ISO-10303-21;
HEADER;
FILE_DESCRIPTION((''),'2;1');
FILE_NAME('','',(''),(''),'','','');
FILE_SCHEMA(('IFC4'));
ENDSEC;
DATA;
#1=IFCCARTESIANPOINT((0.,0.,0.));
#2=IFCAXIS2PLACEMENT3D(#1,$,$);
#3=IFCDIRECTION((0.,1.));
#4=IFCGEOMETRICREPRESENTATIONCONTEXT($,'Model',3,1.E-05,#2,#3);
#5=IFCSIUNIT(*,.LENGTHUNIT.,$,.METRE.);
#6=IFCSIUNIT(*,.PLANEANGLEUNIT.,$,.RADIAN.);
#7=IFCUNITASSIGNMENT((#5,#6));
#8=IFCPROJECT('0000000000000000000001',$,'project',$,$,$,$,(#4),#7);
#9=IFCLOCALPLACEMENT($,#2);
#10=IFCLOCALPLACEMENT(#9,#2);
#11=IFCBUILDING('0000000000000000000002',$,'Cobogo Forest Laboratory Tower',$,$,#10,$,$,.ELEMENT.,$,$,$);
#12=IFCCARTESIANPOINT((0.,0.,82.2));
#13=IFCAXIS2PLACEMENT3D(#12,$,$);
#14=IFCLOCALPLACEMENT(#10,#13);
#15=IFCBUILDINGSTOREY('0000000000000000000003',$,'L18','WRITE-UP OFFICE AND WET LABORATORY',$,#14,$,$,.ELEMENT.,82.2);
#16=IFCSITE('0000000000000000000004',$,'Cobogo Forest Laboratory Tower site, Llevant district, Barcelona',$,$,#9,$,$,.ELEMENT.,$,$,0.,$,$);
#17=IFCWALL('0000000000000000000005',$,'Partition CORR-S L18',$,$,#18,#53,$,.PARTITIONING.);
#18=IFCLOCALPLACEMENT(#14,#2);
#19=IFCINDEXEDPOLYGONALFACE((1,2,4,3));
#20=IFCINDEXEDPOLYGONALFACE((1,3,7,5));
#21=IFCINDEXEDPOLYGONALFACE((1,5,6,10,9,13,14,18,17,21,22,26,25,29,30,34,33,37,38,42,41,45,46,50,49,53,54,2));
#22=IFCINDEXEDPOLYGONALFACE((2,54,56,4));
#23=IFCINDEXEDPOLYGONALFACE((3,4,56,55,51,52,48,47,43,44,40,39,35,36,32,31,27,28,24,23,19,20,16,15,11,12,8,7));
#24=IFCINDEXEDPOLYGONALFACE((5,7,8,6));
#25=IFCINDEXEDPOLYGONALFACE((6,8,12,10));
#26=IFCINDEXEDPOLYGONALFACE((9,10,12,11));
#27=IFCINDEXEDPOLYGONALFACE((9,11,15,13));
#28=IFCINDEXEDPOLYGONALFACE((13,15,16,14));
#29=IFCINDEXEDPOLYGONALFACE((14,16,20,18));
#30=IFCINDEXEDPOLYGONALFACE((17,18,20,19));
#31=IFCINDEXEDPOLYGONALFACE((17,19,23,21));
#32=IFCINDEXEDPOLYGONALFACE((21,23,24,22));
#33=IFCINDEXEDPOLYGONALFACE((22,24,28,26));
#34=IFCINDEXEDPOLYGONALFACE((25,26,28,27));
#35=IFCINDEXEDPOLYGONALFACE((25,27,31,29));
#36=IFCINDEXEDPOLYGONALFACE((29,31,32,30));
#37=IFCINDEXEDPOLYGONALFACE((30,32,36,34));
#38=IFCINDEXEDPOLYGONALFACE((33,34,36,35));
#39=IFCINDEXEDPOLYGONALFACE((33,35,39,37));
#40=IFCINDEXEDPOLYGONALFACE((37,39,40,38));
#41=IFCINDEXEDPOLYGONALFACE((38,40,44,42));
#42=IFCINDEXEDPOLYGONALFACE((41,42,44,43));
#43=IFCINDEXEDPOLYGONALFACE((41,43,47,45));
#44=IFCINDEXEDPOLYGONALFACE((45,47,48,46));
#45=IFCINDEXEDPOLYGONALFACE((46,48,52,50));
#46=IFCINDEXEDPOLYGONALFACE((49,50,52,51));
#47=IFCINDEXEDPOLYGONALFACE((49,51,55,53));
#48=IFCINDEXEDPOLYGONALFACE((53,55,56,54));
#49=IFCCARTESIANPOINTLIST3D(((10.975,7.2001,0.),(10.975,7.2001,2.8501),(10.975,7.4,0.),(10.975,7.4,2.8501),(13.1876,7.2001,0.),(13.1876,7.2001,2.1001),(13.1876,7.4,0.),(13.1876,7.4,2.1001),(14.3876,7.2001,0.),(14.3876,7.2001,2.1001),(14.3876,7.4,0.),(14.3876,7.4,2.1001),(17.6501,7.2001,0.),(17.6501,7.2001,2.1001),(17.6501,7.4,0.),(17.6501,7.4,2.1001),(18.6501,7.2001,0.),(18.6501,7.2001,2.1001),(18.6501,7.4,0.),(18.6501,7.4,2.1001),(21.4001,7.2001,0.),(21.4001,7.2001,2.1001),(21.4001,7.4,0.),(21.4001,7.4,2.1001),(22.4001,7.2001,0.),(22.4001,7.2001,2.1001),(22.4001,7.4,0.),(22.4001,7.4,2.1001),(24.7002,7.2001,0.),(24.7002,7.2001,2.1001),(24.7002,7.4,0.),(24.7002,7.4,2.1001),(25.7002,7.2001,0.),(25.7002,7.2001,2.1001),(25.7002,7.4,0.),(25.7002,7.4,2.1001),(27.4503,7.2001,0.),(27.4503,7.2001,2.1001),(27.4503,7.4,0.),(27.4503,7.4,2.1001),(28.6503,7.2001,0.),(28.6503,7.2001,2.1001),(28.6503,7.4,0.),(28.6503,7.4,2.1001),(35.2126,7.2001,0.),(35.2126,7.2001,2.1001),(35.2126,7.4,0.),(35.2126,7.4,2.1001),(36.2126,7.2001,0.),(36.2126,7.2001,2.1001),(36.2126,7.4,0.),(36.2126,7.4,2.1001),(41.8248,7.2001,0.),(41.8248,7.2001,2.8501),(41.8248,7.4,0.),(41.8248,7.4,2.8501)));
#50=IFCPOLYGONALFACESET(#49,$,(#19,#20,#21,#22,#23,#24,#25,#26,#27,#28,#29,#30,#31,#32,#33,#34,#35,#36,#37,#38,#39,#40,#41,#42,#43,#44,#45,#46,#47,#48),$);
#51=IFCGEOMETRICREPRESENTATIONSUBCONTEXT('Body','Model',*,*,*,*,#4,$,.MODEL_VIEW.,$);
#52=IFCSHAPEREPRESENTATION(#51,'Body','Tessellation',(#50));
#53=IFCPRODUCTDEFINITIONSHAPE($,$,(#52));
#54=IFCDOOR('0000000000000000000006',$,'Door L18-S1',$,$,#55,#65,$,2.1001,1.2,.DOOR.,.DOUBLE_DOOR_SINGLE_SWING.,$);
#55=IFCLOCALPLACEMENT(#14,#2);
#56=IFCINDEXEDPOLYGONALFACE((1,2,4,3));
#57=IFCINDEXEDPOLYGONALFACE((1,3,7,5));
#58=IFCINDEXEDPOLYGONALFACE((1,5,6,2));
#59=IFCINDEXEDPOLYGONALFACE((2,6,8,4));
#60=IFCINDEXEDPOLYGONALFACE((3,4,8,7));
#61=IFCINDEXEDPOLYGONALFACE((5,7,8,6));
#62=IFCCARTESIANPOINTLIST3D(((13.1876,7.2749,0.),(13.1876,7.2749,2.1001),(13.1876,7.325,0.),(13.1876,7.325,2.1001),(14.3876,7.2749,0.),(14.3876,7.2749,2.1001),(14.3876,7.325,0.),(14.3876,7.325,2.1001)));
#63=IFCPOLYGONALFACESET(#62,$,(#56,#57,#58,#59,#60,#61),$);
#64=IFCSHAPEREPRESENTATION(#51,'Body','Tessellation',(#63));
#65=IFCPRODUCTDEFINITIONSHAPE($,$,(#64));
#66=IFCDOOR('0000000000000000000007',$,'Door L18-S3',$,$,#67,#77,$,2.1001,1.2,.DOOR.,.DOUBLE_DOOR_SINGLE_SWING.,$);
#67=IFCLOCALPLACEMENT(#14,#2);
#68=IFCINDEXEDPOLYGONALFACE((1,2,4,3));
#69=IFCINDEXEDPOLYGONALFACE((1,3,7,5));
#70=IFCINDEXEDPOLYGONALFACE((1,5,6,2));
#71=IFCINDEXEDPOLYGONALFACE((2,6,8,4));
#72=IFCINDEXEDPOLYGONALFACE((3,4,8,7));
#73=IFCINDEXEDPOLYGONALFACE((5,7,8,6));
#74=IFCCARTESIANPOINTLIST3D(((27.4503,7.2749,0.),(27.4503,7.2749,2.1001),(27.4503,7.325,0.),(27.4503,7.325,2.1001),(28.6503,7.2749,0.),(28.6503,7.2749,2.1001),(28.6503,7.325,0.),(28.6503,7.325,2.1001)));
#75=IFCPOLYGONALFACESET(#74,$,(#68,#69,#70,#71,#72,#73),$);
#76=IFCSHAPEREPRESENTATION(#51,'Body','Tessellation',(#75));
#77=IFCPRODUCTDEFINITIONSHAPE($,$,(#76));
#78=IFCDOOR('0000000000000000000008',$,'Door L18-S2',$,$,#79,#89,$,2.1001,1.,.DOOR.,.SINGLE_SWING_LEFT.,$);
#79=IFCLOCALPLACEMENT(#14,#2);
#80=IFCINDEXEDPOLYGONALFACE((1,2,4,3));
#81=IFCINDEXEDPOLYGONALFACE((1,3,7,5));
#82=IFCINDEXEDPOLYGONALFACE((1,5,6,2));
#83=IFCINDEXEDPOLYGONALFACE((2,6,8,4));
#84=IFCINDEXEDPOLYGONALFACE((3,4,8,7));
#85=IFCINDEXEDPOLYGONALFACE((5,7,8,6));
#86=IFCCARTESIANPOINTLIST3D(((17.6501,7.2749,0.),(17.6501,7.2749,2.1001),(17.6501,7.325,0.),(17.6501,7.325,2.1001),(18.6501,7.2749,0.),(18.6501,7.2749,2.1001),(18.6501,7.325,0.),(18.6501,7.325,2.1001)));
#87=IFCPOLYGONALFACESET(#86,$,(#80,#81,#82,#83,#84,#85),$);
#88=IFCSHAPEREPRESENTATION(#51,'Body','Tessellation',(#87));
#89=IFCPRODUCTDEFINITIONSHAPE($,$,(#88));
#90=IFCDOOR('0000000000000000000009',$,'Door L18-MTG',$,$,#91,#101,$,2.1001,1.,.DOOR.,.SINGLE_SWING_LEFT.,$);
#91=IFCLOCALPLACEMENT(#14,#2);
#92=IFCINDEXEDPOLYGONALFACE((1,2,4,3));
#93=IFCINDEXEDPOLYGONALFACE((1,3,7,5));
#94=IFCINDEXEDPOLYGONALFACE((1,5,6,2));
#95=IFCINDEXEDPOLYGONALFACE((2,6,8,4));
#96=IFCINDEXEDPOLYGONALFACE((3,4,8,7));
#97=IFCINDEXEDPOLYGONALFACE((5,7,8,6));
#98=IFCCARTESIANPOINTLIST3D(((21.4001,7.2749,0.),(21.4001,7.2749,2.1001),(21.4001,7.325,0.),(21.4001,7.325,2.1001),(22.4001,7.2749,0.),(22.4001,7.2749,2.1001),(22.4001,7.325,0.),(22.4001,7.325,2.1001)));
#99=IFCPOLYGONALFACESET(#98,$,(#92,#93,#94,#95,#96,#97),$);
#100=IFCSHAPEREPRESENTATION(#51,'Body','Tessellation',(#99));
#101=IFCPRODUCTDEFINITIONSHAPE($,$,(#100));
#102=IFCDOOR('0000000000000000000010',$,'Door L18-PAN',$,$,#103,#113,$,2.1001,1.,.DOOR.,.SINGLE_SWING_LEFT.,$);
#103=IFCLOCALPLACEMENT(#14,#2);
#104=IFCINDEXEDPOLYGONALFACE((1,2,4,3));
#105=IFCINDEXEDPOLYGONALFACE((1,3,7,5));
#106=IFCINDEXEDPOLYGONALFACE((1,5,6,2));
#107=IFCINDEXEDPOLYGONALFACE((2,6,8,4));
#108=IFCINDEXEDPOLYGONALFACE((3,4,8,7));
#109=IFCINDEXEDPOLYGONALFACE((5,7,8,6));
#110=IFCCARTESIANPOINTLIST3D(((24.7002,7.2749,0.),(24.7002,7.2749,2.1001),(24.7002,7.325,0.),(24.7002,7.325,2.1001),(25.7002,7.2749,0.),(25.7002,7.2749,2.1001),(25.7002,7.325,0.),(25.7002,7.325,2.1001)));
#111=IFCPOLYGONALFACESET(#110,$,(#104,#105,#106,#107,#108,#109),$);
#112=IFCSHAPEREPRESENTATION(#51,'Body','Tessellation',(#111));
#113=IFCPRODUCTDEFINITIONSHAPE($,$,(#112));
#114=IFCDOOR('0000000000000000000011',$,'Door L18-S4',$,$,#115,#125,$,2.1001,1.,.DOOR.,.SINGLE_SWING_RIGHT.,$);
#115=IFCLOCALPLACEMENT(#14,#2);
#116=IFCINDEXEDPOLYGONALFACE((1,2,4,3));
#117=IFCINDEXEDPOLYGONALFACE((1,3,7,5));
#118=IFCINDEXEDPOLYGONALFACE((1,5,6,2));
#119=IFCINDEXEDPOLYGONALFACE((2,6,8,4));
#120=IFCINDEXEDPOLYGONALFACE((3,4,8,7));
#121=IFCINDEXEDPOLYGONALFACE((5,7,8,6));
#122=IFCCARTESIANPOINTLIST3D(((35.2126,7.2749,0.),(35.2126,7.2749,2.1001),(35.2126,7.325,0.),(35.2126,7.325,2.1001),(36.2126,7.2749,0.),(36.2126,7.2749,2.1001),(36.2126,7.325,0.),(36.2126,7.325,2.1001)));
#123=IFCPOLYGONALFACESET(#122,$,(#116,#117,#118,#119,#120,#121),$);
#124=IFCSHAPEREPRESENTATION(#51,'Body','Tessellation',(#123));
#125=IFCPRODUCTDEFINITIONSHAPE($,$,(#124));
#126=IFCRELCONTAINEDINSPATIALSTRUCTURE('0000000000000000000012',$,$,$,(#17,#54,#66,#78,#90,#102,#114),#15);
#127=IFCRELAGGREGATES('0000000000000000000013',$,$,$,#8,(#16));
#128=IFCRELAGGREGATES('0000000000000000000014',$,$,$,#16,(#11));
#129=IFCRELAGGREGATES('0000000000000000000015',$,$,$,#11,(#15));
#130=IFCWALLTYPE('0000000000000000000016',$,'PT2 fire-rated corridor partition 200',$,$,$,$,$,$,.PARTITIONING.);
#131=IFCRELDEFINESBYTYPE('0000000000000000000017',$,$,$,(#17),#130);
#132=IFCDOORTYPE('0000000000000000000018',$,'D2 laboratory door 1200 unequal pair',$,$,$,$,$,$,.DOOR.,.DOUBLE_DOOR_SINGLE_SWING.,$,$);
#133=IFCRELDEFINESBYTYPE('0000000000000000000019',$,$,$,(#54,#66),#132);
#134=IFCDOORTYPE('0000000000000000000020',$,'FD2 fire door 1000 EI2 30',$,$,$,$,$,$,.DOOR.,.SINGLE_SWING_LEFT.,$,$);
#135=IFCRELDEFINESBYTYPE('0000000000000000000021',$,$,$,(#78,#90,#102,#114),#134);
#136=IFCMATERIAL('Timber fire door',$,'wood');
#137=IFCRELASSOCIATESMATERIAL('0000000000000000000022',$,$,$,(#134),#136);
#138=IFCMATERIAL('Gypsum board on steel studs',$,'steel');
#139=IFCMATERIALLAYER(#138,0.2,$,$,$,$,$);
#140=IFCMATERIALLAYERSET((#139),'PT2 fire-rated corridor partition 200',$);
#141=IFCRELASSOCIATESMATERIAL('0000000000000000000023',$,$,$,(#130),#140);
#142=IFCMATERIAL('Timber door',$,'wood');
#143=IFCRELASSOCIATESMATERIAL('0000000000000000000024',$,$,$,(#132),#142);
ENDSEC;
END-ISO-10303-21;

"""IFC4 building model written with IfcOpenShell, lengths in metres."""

from ifc_helpers import new_model, si_unit, direction, frame, frame_2d, origin, place, context, subcontext, project, spatial, rectangle, extrude, material, layer, layer_set, type_object, element, fill, save


model = new_model("IFC4")

# Units and contexts
model_context = context("Model", 3, precision=1e-05, world=origin(), true_north=direction((0.0, 1.0)))
body_context = subcontext(model_context, "Body", "Model", "MODEL_VIEW")
ifc_project = project(units=[si_unit("LENGTHUNIT", "METRE"), si_unit("PLANEANGLEUNIT", "RADIAN")], contexts=[model_context])

# Site, building, storey
site_placement = place(None, origin())
site = spatial("IfcSite", under=ifc_project, at=site_placement, Name="Cobogo Forest Laboratory Tower site, Llevant district, Barcelona", CompositionType="ELEMENT", RefElevation=0.0)
building_placement = place(site_placement, origin())
building = spatial("IfcBuilding", under=site, at=building_placement, Name="Cobogo Forest Laboratory Tower", CompositionType="ELEMENT")
storey_placement = place(building_placement, frame((0.0, 0.0, 82.2)))
storey = spatial("IfcBuildingStorey", under=building, at=storey_placement, Name="L18", Description="WRITE-UP OFFICE AND WET LABORATORY", CompositionType="ELEMENT", Elevation=82.2)

# Shared definitions
ifc_material_1 = material(Name="Gypsum board on steel studs", Category="steel")
ifc_material_2 = material(Name="Timber fire door", Category="wood")
door_type_1 = type_object("IfcDoorType", Name="FD2 fire door 1000 EI2 30", OperationType="SINGLE_SWING_LEFT", PredefinedType="DOOR", material=ifc_material_2)

# Wall, openings, doors
ifc_layer_1 = layer(ifc_material_1, 0.2)
ifc_layer_set_1 = layer_set([ifc_layer_1], Name="PT2 fire-rated corridor partition 200")
wall_type_1 = type_object("IfcWallType", Name="PT2 fire-rated corridor partition 200", PredefinedType="PARTITIONING", material=ifc_layer_set_1)
wall_1_placement = place(storey_placement, frame((10.9751, 7.3, 0.0), z_axis=(0.0, 0.0, 1.0), x_axis=(1.0, 0.0, 0.0)))
wall_1 = element("IfcWall", 1, at=wall_1_placement, inside=storey, type_object=wall_type_1, Name="Partition CORR-S L18", PredefinedType="PARTITIONING", context=body_context, shape_type="SweptSolid", body=[
    extrude(rectangle(XDim=30.8499, YDim=0.2, at=frame_2d((15.4248, 0.0))), origin(), (0.0, 0.0, 1.0), 2.8501),
])
opening_1_placement = place(wall_1_placement, frame((2.2124, 0.0, 0.0)))
opening_1 = element("IfcOpeningElement", 2, at=opening_1_placement, cuts=wall_1, PredefinedType="OPENING", context=body_context, shape_type="SweptSolid", body=[
    extrude(rectangle(XDim=1.2, YDim=2.1001, at=frame_2d((0.6001, 1.05))), frame((0.0, 0.1099, 0.0), z_axis=(0.0, -1.0, 0.0), x_axis=(1.0, 0.0, 0.0)), (0.0, 0.0, 1.0), 0.22),
])
opening_2_placement = place(wall_1_placement, frame((6.675, 0.0, 0.0)))
opening_2 = element("IfcOpeningElement", 3, at=opening_2_placement, cuts=wall_1, PredefinedType="OPENING", context=body_context, shape_type="SweptSolid", body=[
    extrude(rectangle(XDim=1.0, YDim=2.1001, at=frame_2d((0.5, 1.05))), frame((0.0, 0.1099, 0.0), z_axis=(0.0, -1.0, 0.0), x_axis=(1.0, 0.0, 0.0)), (0.0, 0.0, 1.0), 0.22),
])
opening_3_placement = place(wall_1_placement, frame((10.425, 0.0, 0.0)))
opening_3 = element("IfcOpeningElement", 4, at=opening_3_placement, cuts=wall_1, PredefinedType="OPENING", context=body_context, shape_type="SweptSolid", body=[
    extrude(rectangle(XDim=1.0, YDim=2.1001, at=frame_2d((0.5, 1.05))), frame((0.0, 0.1099, 0.0), z_axis=(0.0, -1.0, 0.0), x_axis=(1.0, 0.0, 0.0)), (0.0, 0.0, 1.0), 0.22),
])
opening_4_placement = place(wall_1_placement, frame((13.7251, 0.0, 0.0)))
opening_4 = element("IfcOpeningElement", 5, at=opening_4_placement, cuts=wall_1, PredefinedType="OPENING", context=body_context, shape_type="SweptSolid", body=[
    extrude(rectangle(XDim=1.0, YDim=2.1001, at=frame_2d((0.5, 1.05))), frame((0.0, 0.1099, 0.0), z_axis=(0.0, -1.0, 0.0), x_axis=(1.0, 0.0, 0.0)), (0.0, 0.0, 1.0), 0.22),
])
opening_5_placement = place(wall_1_placement, frame((16.4751, 0.0, 0.0)))
opening_5 = element("IfcOpeningElement", 6, at=opening_5_placement, cuts=wall_1, PredefinedType="OPENING", context=body_context, shape_type="SweptSolid", body=[
    extrude(rectangle(XDim=1.2, YDim=2.1001, at=frame_2d((0.6001, 1.05))), frame((0.0, 0.1099, 0.0), z_axis=(0.0, -1.0, 0.0), x_axis=(1.0, 0.0, 0.0)), (0.0, 0.0, 1.0), 0.22),
])
opening_6_placement = place(wall_1_placement, frame((24.2375, 0.0, 0.0)))
opening_6 = element("IfcOpeningElement", 7, at=opening_6_placement, cuts=wall_1, PredefinedType="OPENING", context=body_context, shape_type="SweptSolid", body=[
    extrude(rectangle(XDim=1.0, YDim=2.1001, at=frame_2d((0.5, 1.05))), frame((0.0, 0.1099, 0.0), z_axis=(0.0, -1.0, 0.0), x_axis=(1.0, 0.0, 0.0)), (0.0, 0.0, 1.0), 0.22),
])
ifc_material_3 = material(Name="Timber door", Category="wood")
door_type_2 = type_object("IfcDoorType", Name="D2 laboratory door 1200 unequal pair", OperationType="DOUBLE_DOOR_SINGLE_SWING", PredefinedType="DOOR", material=ifc_material_3)
door_1_placement = place(opening_1_placement, origin())
door_1 = element("IfcDoor", 8, at=door_1_placement, inside=storey, type_object=door_type_2, Name="Door L18-S1", OperationType="DOUBLE_DOOR_SINGLE_SWING", OverallHeight=2.1001, OverallWidth=1.2, PredefinedType="DOOR", context=body_context, shape_type="SweptSolid", body=[
    extrude(rectangle(XDim=1.2, YDim=2.1001, at=frame_2d((0.6001, 1.05))), frame((0.0, 0.0249, 0.0), z_axis=(0.0, -1.0, 0.0), x_axis=(1.0, 0.0, 0.0)), (0.0, 0.0, 1.0), 0.05),
])
fill(opening_1, door_1)
door_2_placement = place(opening_5_placement, origin())
door_2 = element("IfcDoor", 9, at=door_2_placement, inside=storey, type_object=door_type_2, Name="Door L18-S3", OperationType="DOUBLE_DOOR_SINGLE_SWING", OverallHeight=2.1001, OverallWidth=1.2, PredefinedType="DOOR", context=body_context, shape_type="SweptSolid", body=[
    extrude(rectangle(XDim=1.2, YDim=2.1001, at=frame_2d((0.6001, 1.05))), frame((0.0, 0.0249, 0.0), z_axis=(0.0, -1.0, 0.0), x_axis=(1.0, 0.0, 0.0)), (0.0, 0.0, 1.0), 0.05),
])
fill(opening_5, door_2)
door_3_placement = place(opening_2_placement, origin())
door_3 = element("IfcDoor", 10, at=door_3_placement, inside=storey, type_object=door_type_1, Name="Door L18-S2", OperationType="SINGLE_SWING_LEFT", OverallHeight=2.1001, OverallWidth=1.0, PredefinedType="DOOR", context=body_context, shape_type="SweptSolid", body=[
    extrude(rectangle(XDim=1.0, YDim=2.1001, at=frame_2d((0.5, 1.05))), frame((0.0, 0.0249, 0.0), z_axis=(0.0, -1.0, 0.0), x_axis=(1.0, 0.0, 0.0)), (0.0, 0.0, 1.0), 0.05),
])
fill(opening_2, door_3)
door_4_placement = place(opening_3_placement, origin())
door_4 = element("IfcDoor", 11, at=door_4_placement, inside=storey, type_object=door_type_1, Name="Door L18-MTG", OperationType="SINGLE_SWING_LEFT", OverallHeight=2.1001, OverallWidth=1.0, PredefinedType="DOOR", context=body_context, shape_type="SweptSolid", body=[
    extrude(rectangle(XDim=1.0, YDim=2.1001, at=frame_2d((0.5, 1.05))), frame((0.0, 0.0249, 0.0), z_axis=(0.0, -1.0, 0.0), x_axis=(1.0, 0.0, 0.0)), (0.0, 0.0, 1.0), 0.05),
])
fill(opening_3, door_4)
door_5_placement = place(opening_4_placement, origin())
door_5 = element("IfcDoor", 12, at=door_5_placement, inside=storey, type_object=door_type_1, Name="Door L18-PAN", OperationType="SINGLE_SWING_LEFT", OverallHeight=2.1001, OverallWidth=1.0, PredefinedType="DOOR", context=body_context, shape_type="SweptSolid", body=[
    extrude(rectangle(XDim=1.0, YDim=2.1001, at=frame_2d((0.5, 1.05))), frame((0.0, 0.0249, 0.0), z_axis=(0.0, -1.0, 0.0), x_axis=(1.0, 0.0, 0.0)), (0.0, 0.0, 1.0), 0.05),
])
fill(opening_4, door_5)
door_6_placement = place(opening_6_placement, origin())
door_6 = element("IfcDoor", 13, at=door_6_placement, inside=storey, type_object=door_type_1, Name="Door L18-S4", OperationType="SINGLE_SWING_RIGHT", OverallHeight=2.1001, OverallWidth=1.0, PredefinedType="DOOR", context=body_context, shape_type="SweptSolid", body=[
    extrude(rectangle(XDim=1.0, YDim=2.1001, at=frame_2d((0.5, 1.05))), frame((0.0, 0.0249, 0.0), z_axis=(0.0, -1.0, 0.0), x_axis=(1.0, 0.0, 0.0)), (0.0, 0.0, 1.0), 0.05),
])
fill(opening_6, door_6)

save(model, "model.ifc")
